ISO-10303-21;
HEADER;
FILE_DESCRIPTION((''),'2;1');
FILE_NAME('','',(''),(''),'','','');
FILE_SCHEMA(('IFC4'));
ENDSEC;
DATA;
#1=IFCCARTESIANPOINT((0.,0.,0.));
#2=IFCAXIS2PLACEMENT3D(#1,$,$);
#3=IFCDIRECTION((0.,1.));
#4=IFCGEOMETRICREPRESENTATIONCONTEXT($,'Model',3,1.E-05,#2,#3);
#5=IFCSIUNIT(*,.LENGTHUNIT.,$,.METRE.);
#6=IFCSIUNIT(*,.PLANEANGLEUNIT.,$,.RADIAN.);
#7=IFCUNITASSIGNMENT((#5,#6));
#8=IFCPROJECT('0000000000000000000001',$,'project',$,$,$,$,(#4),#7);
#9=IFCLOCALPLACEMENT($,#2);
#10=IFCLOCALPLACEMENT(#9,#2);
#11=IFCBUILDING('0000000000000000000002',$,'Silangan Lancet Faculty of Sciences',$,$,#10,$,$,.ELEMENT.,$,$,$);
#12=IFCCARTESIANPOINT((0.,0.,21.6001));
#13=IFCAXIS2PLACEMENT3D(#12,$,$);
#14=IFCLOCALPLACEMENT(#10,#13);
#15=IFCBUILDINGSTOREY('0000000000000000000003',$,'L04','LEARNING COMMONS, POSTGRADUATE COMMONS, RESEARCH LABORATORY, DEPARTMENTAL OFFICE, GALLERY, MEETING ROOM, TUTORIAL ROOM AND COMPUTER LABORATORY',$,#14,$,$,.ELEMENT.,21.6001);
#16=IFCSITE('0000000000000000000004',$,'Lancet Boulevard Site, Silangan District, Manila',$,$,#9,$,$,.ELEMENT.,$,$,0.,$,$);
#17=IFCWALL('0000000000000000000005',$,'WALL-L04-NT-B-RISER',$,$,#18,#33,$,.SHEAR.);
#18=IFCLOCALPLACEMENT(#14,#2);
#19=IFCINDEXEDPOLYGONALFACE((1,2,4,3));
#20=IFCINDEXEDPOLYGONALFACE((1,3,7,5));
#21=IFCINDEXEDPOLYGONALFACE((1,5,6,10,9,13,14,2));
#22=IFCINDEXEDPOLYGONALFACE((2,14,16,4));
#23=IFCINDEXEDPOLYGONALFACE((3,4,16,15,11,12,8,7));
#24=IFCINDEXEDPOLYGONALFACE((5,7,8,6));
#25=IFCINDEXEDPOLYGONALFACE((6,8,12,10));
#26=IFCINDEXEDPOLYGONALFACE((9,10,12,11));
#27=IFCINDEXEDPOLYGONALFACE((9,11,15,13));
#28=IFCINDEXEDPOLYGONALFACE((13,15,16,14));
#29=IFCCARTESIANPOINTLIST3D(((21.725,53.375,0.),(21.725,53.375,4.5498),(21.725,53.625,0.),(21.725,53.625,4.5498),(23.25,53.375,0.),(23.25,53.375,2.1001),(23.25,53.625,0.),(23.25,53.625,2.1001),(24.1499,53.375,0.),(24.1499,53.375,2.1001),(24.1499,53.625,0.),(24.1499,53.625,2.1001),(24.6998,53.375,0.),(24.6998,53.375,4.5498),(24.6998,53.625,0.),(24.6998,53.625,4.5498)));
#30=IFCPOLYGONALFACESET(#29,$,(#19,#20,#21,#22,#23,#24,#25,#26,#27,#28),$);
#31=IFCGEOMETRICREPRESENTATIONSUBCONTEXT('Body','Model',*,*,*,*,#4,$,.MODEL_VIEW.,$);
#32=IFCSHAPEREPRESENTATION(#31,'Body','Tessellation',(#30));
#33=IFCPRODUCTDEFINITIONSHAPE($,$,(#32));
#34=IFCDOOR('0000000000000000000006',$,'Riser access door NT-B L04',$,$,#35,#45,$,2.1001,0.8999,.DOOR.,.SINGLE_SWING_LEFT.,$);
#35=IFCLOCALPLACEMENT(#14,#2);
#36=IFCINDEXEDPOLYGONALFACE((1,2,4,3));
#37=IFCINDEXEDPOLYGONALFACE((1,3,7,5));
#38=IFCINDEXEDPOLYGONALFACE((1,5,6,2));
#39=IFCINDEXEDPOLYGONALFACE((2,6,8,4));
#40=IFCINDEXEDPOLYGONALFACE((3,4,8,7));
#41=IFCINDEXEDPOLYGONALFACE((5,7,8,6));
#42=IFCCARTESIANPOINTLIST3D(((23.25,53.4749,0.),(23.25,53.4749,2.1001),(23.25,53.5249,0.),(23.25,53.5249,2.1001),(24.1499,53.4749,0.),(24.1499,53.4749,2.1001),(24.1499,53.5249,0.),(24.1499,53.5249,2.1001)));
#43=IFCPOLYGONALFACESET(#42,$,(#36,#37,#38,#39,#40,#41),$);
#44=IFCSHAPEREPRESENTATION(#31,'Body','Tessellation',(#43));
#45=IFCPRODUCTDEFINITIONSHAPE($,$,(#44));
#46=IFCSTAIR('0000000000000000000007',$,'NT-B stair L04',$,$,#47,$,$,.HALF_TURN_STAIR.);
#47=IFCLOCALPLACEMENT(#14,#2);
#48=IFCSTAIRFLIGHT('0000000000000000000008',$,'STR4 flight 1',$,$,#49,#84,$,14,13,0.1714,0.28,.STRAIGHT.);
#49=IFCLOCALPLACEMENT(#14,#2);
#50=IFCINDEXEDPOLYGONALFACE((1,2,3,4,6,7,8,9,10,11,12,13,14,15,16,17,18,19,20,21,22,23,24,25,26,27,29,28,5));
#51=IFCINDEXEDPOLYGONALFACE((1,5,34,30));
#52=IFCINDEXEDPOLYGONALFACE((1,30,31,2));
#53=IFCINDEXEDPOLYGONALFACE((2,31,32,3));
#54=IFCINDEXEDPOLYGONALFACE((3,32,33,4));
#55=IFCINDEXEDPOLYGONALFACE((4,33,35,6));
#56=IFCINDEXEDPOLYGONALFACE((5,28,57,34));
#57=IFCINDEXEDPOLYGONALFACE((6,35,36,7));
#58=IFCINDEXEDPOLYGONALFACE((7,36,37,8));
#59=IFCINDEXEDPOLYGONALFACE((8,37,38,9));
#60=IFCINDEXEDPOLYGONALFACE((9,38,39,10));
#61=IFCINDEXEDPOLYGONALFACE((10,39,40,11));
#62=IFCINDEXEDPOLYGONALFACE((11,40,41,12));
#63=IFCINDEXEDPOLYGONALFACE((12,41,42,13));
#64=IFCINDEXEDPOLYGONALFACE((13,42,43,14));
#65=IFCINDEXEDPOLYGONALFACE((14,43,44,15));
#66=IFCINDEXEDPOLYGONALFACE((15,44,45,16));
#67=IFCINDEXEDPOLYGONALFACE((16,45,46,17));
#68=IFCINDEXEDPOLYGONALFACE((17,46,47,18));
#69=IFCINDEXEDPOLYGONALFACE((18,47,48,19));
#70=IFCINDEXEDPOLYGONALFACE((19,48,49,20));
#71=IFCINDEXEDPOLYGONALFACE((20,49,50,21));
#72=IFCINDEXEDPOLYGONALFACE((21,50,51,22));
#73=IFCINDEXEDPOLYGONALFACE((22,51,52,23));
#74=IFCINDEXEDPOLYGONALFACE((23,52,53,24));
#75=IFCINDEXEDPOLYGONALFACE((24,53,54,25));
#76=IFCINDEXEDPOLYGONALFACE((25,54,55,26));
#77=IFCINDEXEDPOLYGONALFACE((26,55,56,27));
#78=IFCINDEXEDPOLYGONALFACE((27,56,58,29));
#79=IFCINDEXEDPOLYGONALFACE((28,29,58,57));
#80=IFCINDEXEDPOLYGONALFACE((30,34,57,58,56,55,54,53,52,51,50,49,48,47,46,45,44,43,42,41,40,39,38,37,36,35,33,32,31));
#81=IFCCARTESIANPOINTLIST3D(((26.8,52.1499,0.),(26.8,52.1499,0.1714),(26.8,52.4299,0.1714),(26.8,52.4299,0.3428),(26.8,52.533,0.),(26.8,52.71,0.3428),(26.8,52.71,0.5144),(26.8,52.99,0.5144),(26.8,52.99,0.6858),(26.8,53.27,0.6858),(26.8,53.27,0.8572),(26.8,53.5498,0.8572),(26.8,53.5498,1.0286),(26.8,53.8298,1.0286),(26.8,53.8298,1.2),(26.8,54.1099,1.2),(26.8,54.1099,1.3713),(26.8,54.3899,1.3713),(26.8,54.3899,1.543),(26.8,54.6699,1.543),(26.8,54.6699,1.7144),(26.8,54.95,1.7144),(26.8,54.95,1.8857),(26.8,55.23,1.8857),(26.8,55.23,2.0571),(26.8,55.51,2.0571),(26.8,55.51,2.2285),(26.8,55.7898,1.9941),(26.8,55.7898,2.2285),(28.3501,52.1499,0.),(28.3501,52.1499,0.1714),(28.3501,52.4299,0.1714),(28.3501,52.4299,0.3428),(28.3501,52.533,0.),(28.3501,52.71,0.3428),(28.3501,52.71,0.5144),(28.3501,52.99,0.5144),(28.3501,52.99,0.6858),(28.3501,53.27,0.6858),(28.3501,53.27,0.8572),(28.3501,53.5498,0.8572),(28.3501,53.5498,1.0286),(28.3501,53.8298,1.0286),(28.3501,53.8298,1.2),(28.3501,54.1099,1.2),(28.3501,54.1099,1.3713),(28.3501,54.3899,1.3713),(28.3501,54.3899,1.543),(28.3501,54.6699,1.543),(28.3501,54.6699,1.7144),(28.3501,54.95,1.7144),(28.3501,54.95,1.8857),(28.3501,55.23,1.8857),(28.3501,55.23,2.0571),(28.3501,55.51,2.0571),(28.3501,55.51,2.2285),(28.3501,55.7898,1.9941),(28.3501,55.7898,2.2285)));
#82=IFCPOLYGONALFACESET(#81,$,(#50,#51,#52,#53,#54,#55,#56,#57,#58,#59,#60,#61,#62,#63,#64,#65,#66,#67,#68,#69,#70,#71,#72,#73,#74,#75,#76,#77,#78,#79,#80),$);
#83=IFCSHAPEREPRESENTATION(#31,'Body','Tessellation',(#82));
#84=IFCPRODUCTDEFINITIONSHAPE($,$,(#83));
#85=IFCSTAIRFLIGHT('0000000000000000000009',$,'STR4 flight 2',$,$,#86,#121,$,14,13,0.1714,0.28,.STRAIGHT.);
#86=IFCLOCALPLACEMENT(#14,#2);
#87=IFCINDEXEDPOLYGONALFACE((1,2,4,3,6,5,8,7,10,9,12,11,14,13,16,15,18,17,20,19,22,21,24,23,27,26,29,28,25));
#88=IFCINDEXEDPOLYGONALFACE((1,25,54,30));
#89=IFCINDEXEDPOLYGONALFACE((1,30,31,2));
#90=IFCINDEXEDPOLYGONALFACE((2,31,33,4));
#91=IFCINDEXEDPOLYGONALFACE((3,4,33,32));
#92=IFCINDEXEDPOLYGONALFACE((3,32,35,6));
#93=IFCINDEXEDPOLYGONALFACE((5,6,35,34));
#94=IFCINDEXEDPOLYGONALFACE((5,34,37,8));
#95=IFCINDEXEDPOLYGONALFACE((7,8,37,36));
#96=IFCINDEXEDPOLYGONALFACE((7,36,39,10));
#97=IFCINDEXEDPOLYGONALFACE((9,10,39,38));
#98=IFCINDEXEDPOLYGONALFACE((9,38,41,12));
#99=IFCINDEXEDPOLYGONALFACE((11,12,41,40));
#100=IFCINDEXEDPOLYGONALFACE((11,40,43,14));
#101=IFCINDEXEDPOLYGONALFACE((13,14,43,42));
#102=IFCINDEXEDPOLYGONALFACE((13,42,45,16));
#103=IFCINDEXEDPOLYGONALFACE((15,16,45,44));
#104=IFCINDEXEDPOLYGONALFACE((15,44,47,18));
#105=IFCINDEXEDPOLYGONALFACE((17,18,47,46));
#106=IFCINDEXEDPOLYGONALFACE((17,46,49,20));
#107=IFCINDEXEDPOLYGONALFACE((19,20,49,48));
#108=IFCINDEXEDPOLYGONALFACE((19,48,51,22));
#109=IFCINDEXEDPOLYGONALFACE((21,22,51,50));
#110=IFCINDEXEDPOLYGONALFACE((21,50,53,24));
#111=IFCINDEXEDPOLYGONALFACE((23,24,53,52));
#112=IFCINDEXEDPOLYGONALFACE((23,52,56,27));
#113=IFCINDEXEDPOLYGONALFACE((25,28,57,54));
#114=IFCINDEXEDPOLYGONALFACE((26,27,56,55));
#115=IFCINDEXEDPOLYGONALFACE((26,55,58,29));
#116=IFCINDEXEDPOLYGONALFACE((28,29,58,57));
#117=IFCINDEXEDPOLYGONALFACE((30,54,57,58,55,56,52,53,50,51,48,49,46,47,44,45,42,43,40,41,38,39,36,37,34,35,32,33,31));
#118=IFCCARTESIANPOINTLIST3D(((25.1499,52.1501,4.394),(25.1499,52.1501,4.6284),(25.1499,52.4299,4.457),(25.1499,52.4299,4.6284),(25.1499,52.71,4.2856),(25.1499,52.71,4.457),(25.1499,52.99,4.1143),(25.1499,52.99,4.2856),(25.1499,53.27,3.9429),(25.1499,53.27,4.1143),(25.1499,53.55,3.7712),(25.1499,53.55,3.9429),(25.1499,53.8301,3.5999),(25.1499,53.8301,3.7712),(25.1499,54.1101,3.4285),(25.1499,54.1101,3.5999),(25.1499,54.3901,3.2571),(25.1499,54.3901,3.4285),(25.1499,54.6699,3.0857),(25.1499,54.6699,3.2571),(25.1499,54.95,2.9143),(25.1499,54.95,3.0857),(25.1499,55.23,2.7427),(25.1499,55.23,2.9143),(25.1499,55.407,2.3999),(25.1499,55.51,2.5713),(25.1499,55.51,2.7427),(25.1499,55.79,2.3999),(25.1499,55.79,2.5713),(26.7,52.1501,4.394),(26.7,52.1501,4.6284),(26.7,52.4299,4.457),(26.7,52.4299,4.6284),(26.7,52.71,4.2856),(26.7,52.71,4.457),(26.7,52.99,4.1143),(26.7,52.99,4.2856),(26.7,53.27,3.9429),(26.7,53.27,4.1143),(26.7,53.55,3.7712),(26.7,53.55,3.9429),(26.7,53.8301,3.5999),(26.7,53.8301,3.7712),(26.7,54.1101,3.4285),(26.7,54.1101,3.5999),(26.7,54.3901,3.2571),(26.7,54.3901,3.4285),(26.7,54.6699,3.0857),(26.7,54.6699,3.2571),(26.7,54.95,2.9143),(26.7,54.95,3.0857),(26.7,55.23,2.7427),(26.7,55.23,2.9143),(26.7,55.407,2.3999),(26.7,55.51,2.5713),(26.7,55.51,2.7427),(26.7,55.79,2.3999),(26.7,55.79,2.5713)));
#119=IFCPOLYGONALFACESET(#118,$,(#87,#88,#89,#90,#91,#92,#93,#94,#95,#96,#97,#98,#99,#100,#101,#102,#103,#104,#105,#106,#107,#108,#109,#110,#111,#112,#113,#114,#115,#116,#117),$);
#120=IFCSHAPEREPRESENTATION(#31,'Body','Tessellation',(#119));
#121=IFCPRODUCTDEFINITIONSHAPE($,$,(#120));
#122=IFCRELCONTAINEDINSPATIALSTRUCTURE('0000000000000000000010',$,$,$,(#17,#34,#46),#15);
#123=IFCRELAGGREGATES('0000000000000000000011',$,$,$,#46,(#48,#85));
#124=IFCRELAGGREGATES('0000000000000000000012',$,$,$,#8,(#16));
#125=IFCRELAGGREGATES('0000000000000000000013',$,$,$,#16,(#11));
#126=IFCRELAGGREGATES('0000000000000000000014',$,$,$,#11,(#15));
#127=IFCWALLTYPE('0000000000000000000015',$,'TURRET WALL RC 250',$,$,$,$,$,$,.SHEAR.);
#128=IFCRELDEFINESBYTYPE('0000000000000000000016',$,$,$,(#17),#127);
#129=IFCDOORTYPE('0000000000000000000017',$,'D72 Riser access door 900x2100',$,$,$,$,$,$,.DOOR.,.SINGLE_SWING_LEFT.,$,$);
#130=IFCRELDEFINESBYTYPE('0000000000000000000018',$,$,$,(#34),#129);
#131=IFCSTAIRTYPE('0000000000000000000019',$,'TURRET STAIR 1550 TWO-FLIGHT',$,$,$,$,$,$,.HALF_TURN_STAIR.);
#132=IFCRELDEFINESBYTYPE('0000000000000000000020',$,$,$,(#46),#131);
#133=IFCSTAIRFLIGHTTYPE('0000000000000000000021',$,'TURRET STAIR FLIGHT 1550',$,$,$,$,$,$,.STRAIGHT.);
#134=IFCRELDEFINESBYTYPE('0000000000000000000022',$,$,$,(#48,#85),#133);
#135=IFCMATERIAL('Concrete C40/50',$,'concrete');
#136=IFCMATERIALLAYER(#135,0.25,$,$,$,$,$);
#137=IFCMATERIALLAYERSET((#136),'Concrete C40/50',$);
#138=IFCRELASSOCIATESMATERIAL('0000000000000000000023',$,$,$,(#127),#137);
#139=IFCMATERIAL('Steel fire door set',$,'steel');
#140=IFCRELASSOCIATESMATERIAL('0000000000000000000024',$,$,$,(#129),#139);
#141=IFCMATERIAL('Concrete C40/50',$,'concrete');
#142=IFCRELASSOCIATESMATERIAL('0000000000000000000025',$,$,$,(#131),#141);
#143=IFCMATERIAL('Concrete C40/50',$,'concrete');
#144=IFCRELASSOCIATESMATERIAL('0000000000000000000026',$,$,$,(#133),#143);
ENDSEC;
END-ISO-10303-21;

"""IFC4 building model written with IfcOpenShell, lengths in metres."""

from ifc_helpers import new_model, si_unit, direction, frame, frame_2d, origin, place, context, subcontext, project, spatial, polyline, rectangle, outline, extrude, material, layer, layer_set, type_object, element, fill, aggregate, save


model = new_model("IFC4")

# Units and contexts
model_context = context("Model", 3, precision=1e-05, world=origin(), true_north=direction((0.0, 1.0)))
body_context = subcontext(model_context, "Body", "Model", "MODEL_VIEW")
ifc_project = project(units=[si_unit("LENGTHUNIT", "METRE"), si_unit("PLANEANGLEUNIT", "RADIAN")], contexts=[model_context])

# Site, building, storey
site_placement = place(None, origin())
site = spatial("IfcSite", under=ifc_project, at=site_placement, Name="Lancet Boulevard Site, Silangan District, Manila", CompositionType="ELEMENT", RefElevation=0.0)
building_placement = place(site_placement, origin())
building = spatial("IfcBuilding", under=site, at=building_placement, Name="Silangan Lancet Faculty of Sciences", CompositionType="ELEMENT")
storey_placement = place(building_placement, frame((0.0, 0.0, 21.6001)))
storey = spatial("IfcBuildingStorey", under=building, at=storey_placement, Name="L04", Description="LEARNING COMMONS, POSTGRADUATE COMMONS, RESEARCH LABORATORY, DEPARTMENTAL OFFICE, GALLERY, MEETING ROOM, TUTORIAL ROOM AND COMPUTER LABORATORY", CompositionType="ELEMENT", Elevation=21.6001)

# Shared definitions
ifc_material_1 = material(Name="Concrete C40/50", Category="concrete")
ifc_layer_1 = layer(ifc_material_1, 0.25)
ifc_layer_set_1 = layer_set([ifc_layer_1], Name="Concrete C40/50")
wall_type_1 = type_object("IfcWallType", Name="TURRET WALL RC 250", PredefinedType="SHEAR", material=ifc_layer_set_1)

# Wall, opening, door
wall_1_placement = place(storey_placement, frame((21.7251, 53.5, 0.0), z_axis=(0.0, 0.0, 1.0), x_axis=(1.0, 0.0, 0.0)))
wall_1 = element("IfcWall", 1, at=wall_1_placement, inside=storey, type_object=wall_type_1, Name="WALL-L04-NT-B-RISER", PredefinedType="SHEAR", context=body_context, shape_type="SweptSolid", body=[
    extrude(rectangle(XDim=2.9749, YDim=0.25, at=frame_2d((1.4873, 0.0))), origin(), (0.0, 0.0, 1.0), 4.5498),
])
opening_1_placement = place(wall_1_placement, frame((1.5249, 0.0, 0.0)))
opening_1 = element("IfcOpeningElement", 2, at=opening_1_placement, cuts=wall_1, PredefinedType="OPENING", context=body_context, shape_type="SweptSolid", body=[
    extrude(rectangle(XDim=0.8999, YDim=2.1001, at=frame_2d((0.45, 1.05))), frame((0.0, 0.135, 0.0), z_axis=(0.0, -1.0, 0.0), x_axis=(1.0, 0.0, 0.0)), (0.0, 0.0, 1.0), 0.27),
])
ifc_material_2 = material(Name="Steel fire door set", Category="steel")
door_type = type_object("IfcDoorType", Name="D72 Riser access door 900x2100", OperationType="SINGLE_SWING_LEFT", PredefinedType="DOOR", material=ifc_material_2)
door_placement = place(opening_1_placement, origin())
door = element("IfcDoor", 3, at=door_placement, inside=storey, type_object=door_type, Name="Riser access door NT-B L04", OperationType="SINGLE_SWING_LEFT", OverallHeight=2.1001, OverallWidth=0.8999, PredefinedType="DOOR", context=body_context, shape_type="SweptSolid", body=[
    extrude(rectangle(XDim=0.8999, YDim=2.1001, at=frame_2d((0.45, 1.05))), frame((0.0, 0.0249, 0.0), z_axis=(0.0, -1.0, 0.0), x_axis=(1.0, 0.0, 0.0)), (0.0, 0.0, 1.0), 0.05),
])
fill(opening_1, door)

# Stair, stair flights
ifc_material_3 = material(Name="Concrete C40/50", Category="concrete")
stair_type = type_object("IfcStairType", Name="TURRET STAIR 1550 TWO-FLIGHT", PredefinedType="HALF_TURN_STAIR", material=ifc_material_3)
stair_placement = place(storey_placement, origin())
stair = element("IfcStair", 4, at=stair_placement, inside=storey, type_object=stair_type, Name="NT-B stair L04", PredefinedType="HALF_TURN_STAIR")
ifc_material_4 = material(Name="Concrete C40/50", Category="concrete")
stair_flight_type = type_object("IfcStairFlightType", Name="TURRET STAIR FLIGHT 1550", PredefinedType="STRAIGHT", material=ifc_material_4)
stair_flight_1_placement = place(storey_placement, frame((27.575, 52.1499, 0.0), z_axis=(0.0, 0.0, 1.0), x_axis=(0.0, 1.0, 0.0)))
stair_flight_1 = element("IfcStairFlight", 5, at=stair_flight_1_placement, type_object=stair_flight_type, Name="STR4 flight 1", NumberOfRisers=14, NumberOfTreads=13, PredefinedType="STRAIGHT", RiserHeight=0.1714, TreadLength=0.28, context=body_context, shape_type="SweptSolid", body=[
    extrude(outline(polyline([(0.0, 0.0), (0.0, 0.1714), (0.28, 0.1714), (0.28, 0.3428), (0.5601, 0.3428), (0.5601, 0.5144), (0.8401, 0.5144), (0.8401, 0.6858), (1.1201, 0.6858), (1.1201, 0.8572), (1.3999, 0.8572), (1.3999, 1.0286), (1.6799, 1.0286), (1.6799, 1.2), (1.96, 1.2), (1.96, 1.3713), (2.24, 1.3713), (2.24, 1.543), (2.52, 1.543), (2.52, 1.7144), (2.8, 1.7144), (2.8, 1.8857), (3.0801, 1.8857), (3.0801, 2.0571), (3.3601, 2.0571), (3.3601, 2.2285), (3.6399, 2.2285), (3.6399, 2.3999), (3.6399, 1.9941), (0.3831, 0.0), (0.0, 0.0)])), frame((0.0, 0.7749, 0.0), z_axis=(0.0, -1.0, 0.0), x_axis=(1.0, 0.0, 0.0)), (0.0, 0.0, 1.0), 1.55),
])
stair_flight_2_placement = place(storey_placement, frame((25.925, 55.79, 2.3999), z_axis=(0.0, 0.0, 1.0), x_axis=(0.0, -1.0, 0.0)))
stair_flight_2 = element("IfcStairFlight", 6, at=stair_flight_2_placement, type_object=stair_flight_type, Name="STR4 flight 2", NumberOfRisers=14, NumberOfTreads=13, PredefinedType="STRAIGHT", RiserHeight=0.1714, TreadLength=0.28, context=body_context, shape_type="SweptSolid", body=[
    extrude(outline(polyline([(0.0, 0.0), (0.0, 0.1714), (0.28, 0.1714), (0.28, 0.3428), (0.5601, 0.3428), (0.5601, 0.5144), (0.8401, 0.5144), (0.8401, 0.6858), (1.1201, 0.6858), (1.1201, 0.8572), (1.3999, 0.8572), (1.3999, 1.0286), (1.6799, 1.0286), (1.6799, 1.2), (1.96, 1.2), (1.96, 1.3713), (2.24, 1.3713), (2.24, 1.543), (2.52, 1.543), (2.52, 1.7144), (2.8, 1.7144), (2.8, 1.8857), (3.0801, 1.8857), (3.0801, 2.0571), (3.3601, 2.0571), (3.3601, 2.2285), (3.6399, 2.2285), (3.6399, 2.3999), (3.6399, 1.9941), (0.3831, 0.0), (0.0, 0.0)])), frame((0.0, 0.7749, 0.0), z_axis=(0.0, -1.0, 0.0), x_axis=(1.0, 0.0, 0.0)), (0.0, 0.0, 1.0), 1.55),
])
aggregate(stair, [stair_flight_1, stair_flight_2])

save(model, "model.ifc")
